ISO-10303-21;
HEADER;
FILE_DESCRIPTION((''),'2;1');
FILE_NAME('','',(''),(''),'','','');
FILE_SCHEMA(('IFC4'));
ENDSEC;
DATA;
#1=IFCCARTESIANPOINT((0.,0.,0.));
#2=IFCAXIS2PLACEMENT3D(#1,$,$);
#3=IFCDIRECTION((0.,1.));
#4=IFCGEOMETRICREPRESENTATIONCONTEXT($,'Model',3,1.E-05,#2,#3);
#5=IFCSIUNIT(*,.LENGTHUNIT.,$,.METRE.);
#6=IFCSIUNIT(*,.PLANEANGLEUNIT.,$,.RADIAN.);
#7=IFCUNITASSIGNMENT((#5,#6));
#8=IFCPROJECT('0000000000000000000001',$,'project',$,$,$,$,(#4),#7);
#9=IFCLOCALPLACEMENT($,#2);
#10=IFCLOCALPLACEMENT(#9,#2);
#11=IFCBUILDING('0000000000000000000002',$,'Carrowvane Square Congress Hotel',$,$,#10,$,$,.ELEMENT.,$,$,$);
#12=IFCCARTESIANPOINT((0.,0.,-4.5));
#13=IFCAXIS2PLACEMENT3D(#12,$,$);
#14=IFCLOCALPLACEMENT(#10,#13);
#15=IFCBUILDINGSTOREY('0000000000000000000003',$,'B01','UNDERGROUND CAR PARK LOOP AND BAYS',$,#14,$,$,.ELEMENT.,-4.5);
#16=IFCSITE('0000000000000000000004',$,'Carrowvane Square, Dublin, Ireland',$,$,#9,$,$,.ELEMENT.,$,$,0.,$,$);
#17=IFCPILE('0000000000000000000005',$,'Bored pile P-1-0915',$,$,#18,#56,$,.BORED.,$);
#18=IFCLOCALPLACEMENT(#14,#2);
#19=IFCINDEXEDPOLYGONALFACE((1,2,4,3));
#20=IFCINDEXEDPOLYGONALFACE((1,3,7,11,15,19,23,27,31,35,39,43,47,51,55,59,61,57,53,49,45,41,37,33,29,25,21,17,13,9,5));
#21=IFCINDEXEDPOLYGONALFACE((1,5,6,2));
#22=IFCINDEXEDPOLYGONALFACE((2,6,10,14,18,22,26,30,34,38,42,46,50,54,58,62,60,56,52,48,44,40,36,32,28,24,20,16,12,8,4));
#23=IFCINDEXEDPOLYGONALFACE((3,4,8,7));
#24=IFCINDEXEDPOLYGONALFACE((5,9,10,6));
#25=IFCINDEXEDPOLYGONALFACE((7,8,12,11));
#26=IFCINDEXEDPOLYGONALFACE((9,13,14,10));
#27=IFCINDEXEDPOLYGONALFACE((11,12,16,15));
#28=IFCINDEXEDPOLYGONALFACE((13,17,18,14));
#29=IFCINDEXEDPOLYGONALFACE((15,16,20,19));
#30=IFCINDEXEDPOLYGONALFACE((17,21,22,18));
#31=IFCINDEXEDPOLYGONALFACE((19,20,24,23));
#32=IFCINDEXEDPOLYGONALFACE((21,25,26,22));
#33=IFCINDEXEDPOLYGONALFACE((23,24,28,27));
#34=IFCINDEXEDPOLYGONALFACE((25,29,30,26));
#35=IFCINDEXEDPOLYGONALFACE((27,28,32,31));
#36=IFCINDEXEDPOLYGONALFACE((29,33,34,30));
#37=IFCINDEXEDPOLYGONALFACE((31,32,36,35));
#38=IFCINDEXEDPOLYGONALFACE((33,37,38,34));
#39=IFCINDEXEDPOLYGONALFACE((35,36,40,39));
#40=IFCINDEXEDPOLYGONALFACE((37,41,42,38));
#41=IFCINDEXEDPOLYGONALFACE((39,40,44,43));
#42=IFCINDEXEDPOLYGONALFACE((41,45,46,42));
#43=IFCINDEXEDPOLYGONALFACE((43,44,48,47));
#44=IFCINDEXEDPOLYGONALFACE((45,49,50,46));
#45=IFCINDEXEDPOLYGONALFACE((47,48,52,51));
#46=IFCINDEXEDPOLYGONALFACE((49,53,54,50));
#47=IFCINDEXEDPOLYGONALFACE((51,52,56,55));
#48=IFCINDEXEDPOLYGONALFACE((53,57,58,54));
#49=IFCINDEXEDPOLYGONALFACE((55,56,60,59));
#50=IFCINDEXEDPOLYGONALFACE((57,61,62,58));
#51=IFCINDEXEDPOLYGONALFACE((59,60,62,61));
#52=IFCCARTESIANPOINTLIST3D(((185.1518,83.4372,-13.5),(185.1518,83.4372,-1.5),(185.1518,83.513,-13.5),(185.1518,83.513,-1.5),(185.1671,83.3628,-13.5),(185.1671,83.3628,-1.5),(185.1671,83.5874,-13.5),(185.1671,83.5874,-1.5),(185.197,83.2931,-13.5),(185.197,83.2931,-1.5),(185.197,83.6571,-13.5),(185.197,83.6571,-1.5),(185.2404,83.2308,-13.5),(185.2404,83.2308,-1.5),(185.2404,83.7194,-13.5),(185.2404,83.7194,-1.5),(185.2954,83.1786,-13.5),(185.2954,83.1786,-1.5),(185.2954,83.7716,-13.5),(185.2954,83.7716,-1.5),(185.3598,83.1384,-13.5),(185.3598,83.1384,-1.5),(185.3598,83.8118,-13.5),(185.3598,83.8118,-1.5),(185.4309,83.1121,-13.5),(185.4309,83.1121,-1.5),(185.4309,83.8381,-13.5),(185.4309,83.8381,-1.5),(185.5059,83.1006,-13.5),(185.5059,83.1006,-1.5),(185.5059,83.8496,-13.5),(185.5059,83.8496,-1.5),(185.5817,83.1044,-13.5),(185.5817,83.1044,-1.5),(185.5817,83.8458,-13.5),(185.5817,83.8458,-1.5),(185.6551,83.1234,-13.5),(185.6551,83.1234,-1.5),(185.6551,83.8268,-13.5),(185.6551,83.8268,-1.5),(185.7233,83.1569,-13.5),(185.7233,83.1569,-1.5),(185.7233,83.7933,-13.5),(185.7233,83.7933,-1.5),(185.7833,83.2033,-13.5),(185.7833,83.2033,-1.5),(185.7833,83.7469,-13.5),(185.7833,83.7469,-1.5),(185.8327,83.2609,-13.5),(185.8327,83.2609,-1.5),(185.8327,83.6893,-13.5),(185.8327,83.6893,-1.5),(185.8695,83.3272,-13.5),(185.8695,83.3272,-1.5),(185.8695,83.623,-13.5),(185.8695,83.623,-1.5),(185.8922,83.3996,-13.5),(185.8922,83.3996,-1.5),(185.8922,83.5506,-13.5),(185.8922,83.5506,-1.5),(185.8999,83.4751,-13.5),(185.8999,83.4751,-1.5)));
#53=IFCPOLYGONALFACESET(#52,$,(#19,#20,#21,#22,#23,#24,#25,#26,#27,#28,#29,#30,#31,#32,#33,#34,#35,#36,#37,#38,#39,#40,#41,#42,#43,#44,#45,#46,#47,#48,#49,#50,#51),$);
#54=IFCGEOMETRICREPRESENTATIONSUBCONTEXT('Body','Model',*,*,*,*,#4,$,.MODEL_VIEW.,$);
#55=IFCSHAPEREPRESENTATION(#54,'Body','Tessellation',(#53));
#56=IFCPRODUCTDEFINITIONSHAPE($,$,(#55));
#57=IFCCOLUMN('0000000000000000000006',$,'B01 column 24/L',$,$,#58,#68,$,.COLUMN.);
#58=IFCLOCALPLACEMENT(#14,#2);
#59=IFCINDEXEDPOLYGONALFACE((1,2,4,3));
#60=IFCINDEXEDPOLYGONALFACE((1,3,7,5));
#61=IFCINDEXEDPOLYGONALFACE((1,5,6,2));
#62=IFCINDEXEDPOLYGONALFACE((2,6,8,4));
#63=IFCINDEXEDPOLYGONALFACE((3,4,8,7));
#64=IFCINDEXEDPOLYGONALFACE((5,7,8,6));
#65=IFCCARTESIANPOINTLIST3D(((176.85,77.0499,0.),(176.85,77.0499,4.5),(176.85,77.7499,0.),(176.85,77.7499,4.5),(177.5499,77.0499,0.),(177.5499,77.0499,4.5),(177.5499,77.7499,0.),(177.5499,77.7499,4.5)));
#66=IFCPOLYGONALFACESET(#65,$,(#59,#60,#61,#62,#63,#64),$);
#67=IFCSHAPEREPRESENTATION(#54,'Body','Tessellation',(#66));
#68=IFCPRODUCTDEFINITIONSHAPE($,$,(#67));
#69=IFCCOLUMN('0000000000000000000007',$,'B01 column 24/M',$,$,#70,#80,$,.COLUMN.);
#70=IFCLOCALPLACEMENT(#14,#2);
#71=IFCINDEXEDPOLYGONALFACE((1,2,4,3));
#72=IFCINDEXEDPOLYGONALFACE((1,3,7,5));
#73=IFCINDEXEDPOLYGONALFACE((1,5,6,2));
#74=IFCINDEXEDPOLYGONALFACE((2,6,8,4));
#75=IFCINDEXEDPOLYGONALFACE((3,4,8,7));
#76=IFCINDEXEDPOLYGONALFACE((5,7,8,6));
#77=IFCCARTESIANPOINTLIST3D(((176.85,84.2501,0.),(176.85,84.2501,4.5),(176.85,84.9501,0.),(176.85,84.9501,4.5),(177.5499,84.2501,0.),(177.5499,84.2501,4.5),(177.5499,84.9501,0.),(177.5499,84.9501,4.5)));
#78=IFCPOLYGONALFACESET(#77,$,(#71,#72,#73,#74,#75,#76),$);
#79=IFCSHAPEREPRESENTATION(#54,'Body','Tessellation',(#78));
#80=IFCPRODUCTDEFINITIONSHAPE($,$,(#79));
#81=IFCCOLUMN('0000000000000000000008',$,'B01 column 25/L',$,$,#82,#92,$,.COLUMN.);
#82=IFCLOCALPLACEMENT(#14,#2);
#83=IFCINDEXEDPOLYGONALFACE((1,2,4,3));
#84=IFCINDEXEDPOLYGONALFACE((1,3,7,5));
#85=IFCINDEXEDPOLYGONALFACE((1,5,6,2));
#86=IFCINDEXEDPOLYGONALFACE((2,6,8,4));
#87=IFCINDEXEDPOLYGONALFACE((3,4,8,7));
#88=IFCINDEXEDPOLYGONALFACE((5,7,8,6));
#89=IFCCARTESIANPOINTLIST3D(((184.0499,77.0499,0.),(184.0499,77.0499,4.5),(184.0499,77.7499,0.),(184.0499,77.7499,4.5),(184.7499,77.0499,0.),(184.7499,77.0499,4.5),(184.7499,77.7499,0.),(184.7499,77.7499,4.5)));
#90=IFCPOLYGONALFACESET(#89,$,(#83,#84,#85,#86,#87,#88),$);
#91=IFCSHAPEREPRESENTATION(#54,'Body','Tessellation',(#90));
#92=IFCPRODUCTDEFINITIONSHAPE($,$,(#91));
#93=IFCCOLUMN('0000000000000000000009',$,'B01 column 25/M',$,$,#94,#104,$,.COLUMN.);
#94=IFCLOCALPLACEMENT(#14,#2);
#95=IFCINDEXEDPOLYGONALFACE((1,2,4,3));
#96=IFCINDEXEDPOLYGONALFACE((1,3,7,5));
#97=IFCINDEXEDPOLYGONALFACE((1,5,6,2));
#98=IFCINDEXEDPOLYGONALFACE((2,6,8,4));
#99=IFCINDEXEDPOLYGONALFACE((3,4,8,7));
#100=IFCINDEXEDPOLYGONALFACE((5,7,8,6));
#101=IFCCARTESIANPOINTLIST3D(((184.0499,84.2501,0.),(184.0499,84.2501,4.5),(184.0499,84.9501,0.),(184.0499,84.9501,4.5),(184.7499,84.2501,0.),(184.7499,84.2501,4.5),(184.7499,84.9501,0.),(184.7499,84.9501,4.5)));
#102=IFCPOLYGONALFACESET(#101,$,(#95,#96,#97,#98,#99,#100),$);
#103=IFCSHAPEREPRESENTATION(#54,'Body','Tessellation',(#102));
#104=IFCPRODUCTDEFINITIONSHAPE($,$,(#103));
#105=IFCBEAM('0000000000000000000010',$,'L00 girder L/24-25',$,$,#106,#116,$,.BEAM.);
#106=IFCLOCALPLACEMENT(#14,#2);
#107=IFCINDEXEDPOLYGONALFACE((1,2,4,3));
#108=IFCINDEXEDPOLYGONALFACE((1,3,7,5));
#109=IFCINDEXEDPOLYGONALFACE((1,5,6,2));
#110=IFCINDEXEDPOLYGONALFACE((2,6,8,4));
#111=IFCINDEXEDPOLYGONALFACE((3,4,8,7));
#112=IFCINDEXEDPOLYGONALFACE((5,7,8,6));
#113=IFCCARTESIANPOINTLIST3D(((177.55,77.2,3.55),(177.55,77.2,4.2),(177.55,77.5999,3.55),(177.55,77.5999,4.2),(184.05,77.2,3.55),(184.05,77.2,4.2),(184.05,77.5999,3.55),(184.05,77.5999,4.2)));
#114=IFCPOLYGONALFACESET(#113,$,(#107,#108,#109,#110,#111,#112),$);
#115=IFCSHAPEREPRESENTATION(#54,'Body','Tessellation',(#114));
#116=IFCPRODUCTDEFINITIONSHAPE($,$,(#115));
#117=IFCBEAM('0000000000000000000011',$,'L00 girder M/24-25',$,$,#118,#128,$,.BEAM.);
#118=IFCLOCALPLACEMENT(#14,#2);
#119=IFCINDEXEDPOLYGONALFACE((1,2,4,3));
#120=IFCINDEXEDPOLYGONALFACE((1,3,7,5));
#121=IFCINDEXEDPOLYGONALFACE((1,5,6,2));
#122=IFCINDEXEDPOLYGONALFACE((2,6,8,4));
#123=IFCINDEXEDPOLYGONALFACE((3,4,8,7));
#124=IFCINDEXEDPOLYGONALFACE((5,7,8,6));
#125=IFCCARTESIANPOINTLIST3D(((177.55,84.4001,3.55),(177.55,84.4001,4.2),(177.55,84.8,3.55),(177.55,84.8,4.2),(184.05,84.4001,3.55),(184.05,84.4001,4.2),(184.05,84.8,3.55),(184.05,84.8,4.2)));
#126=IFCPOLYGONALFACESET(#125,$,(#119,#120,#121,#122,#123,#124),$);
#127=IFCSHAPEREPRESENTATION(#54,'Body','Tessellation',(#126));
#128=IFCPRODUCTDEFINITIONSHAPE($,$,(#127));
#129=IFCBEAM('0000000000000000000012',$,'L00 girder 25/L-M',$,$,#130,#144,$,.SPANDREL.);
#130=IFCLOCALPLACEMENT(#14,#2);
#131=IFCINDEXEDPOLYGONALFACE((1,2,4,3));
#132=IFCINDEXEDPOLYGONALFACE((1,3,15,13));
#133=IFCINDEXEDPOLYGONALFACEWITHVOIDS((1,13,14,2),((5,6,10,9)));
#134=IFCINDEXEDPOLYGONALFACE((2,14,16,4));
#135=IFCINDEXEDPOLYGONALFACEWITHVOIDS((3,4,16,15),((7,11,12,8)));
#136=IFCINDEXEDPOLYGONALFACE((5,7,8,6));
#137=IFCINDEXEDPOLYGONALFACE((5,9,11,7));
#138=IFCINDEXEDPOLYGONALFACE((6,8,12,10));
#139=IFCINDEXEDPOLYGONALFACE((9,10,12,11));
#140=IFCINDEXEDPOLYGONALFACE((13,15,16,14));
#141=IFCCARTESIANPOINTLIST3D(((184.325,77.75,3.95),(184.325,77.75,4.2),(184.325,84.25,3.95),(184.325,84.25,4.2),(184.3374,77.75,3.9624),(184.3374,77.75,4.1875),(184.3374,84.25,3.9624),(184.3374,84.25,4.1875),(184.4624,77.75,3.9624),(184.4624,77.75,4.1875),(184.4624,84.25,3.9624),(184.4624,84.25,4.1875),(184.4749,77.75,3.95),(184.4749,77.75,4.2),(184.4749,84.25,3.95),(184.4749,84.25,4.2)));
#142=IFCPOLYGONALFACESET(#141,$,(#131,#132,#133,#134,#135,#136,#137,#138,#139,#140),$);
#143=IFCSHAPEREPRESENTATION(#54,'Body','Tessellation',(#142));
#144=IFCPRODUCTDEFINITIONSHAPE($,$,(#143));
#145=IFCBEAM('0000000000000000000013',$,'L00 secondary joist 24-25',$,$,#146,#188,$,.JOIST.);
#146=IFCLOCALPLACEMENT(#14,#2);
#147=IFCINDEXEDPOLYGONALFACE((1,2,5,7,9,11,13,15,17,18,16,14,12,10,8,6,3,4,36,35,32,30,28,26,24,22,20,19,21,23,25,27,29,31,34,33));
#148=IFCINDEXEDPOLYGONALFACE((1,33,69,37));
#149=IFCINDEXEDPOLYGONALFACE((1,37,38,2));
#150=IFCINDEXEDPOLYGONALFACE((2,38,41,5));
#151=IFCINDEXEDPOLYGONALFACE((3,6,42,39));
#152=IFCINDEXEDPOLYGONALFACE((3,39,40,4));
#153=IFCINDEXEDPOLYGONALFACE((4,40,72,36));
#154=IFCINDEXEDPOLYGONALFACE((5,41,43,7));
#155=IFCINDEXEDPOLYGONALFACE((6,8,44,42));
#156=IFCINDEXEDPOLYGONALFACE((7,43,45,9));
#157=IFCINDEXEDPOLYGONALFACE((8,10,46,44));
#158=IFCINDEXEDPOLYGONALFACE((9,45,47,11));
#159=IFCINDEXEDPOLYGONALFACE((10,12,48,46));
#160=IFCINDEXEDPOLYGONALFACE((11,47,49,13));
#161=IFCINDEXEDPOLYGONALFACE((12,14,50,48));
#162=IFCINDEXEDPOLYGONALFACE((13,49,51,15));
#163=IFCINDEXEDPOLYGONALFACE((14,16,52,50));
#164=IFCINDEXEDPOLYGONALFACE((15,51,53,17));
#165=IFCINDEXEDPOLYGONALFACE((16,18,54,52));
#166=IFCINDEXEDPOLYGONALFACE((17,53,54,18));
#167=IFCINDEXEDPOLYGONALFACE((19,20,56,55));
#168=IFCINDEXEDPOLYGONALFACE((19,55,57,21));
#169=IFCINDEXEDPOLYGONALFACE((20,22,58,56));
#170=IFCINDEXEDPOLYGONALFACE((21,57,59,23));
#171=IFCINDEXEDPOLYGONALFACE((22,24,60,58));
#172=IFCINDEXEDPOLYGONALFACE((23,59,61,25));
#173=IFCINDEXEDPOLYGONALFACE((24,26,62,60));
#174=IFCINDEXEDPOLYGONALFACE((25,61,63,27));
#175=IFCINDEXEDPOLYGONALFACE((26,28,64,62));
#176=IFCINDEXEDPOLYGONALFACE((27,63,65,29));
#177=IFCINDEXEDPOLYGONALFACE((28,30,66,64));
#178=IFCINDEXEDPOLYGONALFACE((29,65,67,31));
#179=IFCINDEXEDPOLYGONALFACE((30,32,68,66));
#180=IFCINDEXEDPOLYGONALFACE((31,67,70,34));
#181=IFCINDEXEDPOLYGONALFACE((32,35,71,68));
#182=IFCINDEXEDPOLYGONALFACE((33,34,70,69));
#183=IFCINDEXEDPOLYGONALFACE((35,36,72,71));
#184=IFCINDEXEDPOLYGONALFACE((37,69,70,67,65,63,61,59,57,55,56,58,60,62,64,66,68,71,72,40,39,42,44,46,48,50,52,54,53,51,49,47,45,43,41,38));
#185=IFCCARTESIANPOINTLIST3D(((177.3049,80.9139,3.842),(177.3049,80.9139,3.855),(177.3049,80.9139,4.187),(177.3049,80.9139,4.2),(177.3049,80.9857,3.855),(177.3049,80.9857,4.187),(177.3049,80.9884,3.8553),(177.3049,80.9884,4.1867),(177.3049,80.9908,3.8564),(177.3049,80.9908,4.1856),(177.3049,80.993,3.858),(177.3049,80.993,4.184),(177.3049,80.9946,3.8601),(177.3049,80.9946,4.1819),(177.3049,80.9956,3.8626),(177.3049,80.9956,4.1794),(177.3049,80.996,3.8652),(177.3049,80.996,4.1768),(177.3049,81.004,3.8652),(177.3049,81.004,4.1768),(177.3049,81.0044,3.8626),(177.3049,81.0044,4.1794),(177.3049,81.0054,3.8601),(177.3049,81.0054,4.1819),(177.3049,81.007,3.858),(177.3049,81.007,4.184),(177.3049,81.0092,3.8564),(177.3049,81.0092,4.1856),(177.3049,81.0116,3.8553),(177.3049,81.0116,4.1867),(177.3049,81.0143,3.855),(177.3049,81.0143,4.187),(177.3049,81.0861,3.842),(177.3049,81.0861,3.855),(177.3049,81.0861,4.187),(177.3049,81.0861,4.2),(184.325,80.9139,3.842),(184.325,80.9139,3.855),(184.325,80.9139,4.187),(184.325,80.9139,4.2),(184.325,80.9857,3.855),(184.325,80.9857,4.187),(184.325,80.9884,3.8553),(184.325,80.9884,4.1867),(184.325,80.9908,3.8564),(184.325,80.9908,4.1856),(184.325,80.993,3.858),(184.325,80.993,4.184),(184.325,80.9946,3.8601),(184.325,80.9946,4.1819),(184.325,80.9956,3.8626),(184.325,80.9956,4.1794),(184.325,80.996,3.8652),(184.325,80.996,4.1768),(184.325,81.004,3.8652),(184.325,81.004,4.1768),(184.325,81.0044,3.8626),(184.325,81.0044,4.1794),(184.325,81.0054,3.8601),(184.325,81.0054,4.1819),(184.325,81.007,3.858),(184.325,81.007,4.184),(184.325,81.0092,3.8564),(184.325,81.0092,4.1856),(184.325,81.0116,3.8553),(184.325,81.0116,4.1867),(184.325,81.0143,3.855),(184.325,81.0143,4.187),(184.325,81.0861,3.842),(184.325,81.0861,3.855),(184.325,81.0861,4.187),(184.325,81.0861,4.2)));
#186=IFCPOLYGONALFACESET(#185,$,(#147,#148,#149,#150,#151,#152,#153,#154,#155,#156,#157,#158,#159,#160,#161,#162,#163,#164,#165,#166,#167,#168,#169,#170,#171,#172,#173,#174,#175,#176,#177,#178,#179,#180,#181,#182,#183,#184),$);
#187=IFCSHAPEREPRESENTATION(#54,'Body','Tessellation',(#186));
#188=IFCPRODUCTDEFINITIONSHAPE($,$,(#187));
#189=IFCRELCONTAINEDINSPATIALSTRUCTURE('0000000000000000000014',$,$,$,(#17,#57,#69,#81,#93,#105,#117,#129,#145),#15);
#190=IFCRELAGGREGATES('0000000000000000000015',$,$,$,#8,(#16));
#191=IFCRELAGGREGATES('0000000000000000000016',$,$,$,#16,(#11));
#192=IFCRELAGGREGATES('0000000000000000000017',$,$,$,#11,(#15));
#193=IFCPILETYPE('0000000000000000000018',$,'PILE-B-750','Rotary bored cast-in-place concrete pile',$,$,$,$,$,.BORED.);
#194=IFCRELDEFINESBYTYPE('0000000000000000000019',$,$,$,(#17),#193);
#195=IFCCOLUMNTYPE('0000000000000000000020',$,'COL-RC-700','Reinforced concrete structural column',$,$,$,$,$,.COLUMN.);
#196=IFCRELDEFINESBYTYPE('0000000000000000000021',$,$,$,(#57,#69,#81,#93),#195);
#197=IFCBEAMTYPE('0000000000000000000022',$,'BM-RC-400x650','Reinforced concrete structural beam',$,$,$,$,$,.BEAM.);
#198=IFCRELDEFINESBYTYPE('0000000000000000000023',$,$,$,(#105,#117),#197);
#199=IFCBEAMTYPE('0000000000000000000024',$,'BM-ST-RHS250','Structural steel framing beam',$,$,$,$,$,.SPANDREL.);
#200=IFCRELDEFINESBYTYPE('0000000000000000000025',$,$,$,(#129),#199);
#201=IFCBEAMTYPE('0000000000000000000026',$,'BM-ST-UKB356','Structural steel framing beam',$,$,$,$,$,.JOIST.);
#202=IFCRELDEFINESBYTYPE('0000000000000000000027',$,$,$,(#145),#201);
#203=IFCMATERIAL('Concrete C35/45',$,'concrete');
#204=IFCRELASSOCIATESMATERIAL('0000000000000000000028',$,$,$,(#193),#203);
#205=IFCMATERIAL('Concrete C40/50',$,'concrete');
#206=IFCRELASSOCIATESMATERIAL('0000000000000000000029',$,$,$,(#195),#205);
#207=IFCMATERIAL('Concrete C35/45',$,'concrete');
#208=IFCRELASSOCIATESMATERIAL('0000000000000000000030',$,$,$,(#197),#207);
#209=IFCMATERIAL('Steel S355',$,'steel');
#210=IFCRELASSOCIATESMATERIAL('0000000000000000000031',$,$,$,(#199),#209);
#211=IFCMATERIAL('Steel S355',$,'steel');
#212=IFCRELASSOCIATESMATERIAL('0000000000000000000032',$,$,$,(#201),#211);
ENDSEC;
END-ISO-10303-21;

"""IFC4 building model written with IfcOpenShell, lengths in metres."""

from ifc_helpers import new_model, si_unit, direction, frame, origin, origin_2d, place, context, subcontext, project, spatial, rectangle, hollow_rectangle, circle, i_section, extrude, material, material_profile, profile_set, type_object, element, save


model = new_model("IFC4")

# Units and contexts
model_context = context("Model", 3, precision=1e-05, world=origin(), true_north=direction((0.0, 1.0)))
body_context = subcontext(model_context, "Body", "Model", "MODEL_VIEW")
ifc_project = project(units=[si_unit("LENGTHUNIT", "METRE"), si_unit("PLANEANGLEUNIT", "RADIAN")], contexts=[model_context])

# Site, building, storey
site_placement = place(None, origin())
site = spatial("IfcSite", under=ifc_project, at=site_placement, Name="Carrowvane Square, Dublin, Ireland", CompositionType="ELEMENT", RefElevation=0.0)
building_placement = place(site_placement, origin())
building = spatial("IfcBuilding", under=site, at=building_placement, Name="Carrowvane Square Congress Hotel", CompositionType="ELEMENT")
storey_placement = place(building_placement, frame((0.0, 0.0, -4.5)))
storey = spatial("IfcBuildingStorey", under=building, at=storey_placement, Name="B01", Description="UNDERGROUND CAR PARK LOOP AND BAYS", CompositionType="ELEMENT", Elevation=-4.5)

# Pile
ifc_material_1 = material(Name="Concrete C35/45", Category="concrete")
ifc_material_profile_1 = material_profile(ifc_material_1, circle(Radius=0.375, at=origin_2d()), Name="PILE D750")
ifc_profile_set_1 = profile_set([ifc_material_profile_1], Name="Concrete C35/45")
pile_type = type_object("IfcPileType", Name="PILE-B-750", Description="Rotary bored cast-in-place concrete pile", PredefinedType="BORED", material=ifc_profile_set_1)
for number, where, z_axis, x_axis, name in (
    (1, (185.5249, 83.4751, -1.5), (0.0, 0.0, -1.0), (1.0, 0.0, 0.0), "Bored pile P-1-0915"),
):
    element("IfcPile", number, at=place(storey_placement, frame(where, z_axis=z_axis, x_axis=x_axis)), inside=storey, type_object=pile_type, Name=name, PredefinedType="BORED", context=body_context, shape_type="SweptSolid", body=[
        extrude(circle(Radius=0.375, at=origin_2d()), origin(), (0.0, 0.0, 1.0), 12.0),
    ])

# Columns
ifc_material_2 = material(Name="Concrete C40/50", Category="concrete")
ifc_material_profile_2 = material_profile(ifc_material_2, rectangle(XDim=0.7, YDim=0.7, at=origin_2d()), Name="RC 700x700")
ifc_profile_set_2 = profile_set([ifc_material_profile_2], Name="Concrete C40/50")
column_type = type_object("IfcColumnType", Name="COL-RC-700", Description="Reinforced concrete structural column", PredefinedType="COLUMN", material=ifc_profile_set_2)
for number, where, z_axis, x_axis, name in (
    (2, (177.2, 77.3999, 0.0), (0.0, 0.0, 1.0), (1.0, 0.0, 0.0), "B01 column 24/L"),
    (3, (177.2, 84.6001, 0.0), (0.0, 0.0, 1.0), (1.0, 0.0, 0.0), "B01 column 24/M"),
    (4, (184.3999, 77.3999, 0.0), (0.0, 0.0, 1.0), (1.0, 0.0, 0.0), "B01 column 25/L"),
    (5, (184.3999, 84.6001, 0.0), (0.0, 0.0, 1.0), (1.0, 0.0, 0.0), "B01 column 25/M"),
):
    element("IfcColumn", number, at=place(storey_placement, frame(where, z_axis=z_axis, x_axis=x_axis)), inside=storey, type_object=column_type, Name=name, PredefinedType="COLUMN", context=body_context, shape_type="SweptSolid", body=[
        extrude(rectangle(XDim=0.7, YDim=0.7, at=origin_2d()), origin(), (0.0, 0.0, 1.0), 4.5),
    ])

# Beams
ifc_material_3 = material(Name="Concrete C35/45", Category="concrete")
ifc_material_profile_3 = material_profile(ifc_material_3, rectangle(XDim=0.3999, YDim=0.6499, at=origin_2d()), Name="RC 400x650")
ifc_profile_set_3 = profile_set([ifc_material_profile_3], Name="Concrete C35/45")
beam_type_1 = type_object("IfcBeamType", Name="BM-RC-400x650", Description="Reinforced concrete structural beam", PredefinedType="BEAM", material=ifc_profile_set_3)
for number, where, z_axis, x_axis, name in (
    (6, (177.55, 77.3999, 3.875), (1.0, 0.0, 0.0), (0.0, 1.0, 0.0), "L00 girder L/24-25"),
    (7, (177.55, 84.6001, 3.875), (1.0, 0.0, 0.0), (0.0, 1.0, 0.0), "L00 girder M/24-25"),
):
    element("IfcBeam", number, at=place(storey_placement, frame(where, z_axis=z_axis, x_axis=x_axis)), inside=storey, type_object=beam_type_1, Name=name, PredefinedType="BEAM", context=body_context, shape_type="SweptSolid", body=[
        extrude(rectangle(XDim=0.3999, YDim=0.6499, at=origin_2d()), origin(), (0.0, 0.0, 1.0), 6.5),
    ])
ifc_material_4 = material(Name="Steel S355", Category="steel")
ifc_material_profile_4 = material_profile(ifc_material_4, hollow_rectangle(XDim=0.1499, YDim=0.25, WallThickness=0.0125, at=origin_2d()), Name="RHS 250x150x12.5")
ifc_profile_set_4 = profile_set([ifc_material_profile_4], Name="Steel S355")
beam_type_2 = type_object("IfcBeamType", Name="BM-ST-RHS250", Description="Structural steel framing beam", PredefinedType="SPANDREL", material=ifc_profile_set_4)
beam_1_placement = place(storey_placement, frame((184.3999, 77.75, 4.075), z_axis=(0.0, 1.0, 0.0), x_axis=(-1.0, 0.0, 0.0)))
element("IfcBeam", 8, at=beam_1_placement, inside=storey, type_object=beam_type_2, Name="L00 girder 25/L-M", PredefinedType="SPANDREL", context=body_context, shape_type="SweptSolid", body=[
    extrude(hollow_rectangle(XDim=0.1499, YDim=0.25, WallThickness=0.0125, at=origin_2d()), origin(), (0.0, 0.0, 1.0), 6.5),
])
ifc_material_5 = material(Name="Steel S355", Category="steel")
ifc_material_profile_5 = material_profile(ifc_material_5, i_section(OverallWidth=0.1721, OverallDepth=0.3579, WebThickness=0.0081, FlangeThickness=0.0129, FilletRadius=0.0103, at=origin_2d()), Name="UKB 356x171x57")
ifc_profile_set_5 = profile_set([ifc_material_profile_5], Name="Steel S355")
beam_type_3 = type_object("IfcBeamType", Name="BM-ST-UKB356", Description="Structural steel framing beam", PredefinedType="JOIST", material=ifc_profile_set_5)
beam_2_placement = place(storey_placement, frame((177.3049, 81.0, 4.021), z_axis=(1.0, 0.0, 0.0), x_axis=(0.0, 1.0, 0.0)))
element("IfcBeam", 9, at=beam_2_placement, inside=storey, type_object=beam_type_3, Name="L00 secondary joist 24-25", PredefinedType="JOIST", context=body_context, shape_type="SweptSolid", body=[
    extrude(i_section(OverallWidth=0.1721, OverallDepth=0.3579, WebThickness=0.0081, FlangeThickness=0.0129, FilletRadius=0.0103, at=origin_2d()), origin(), (0.0, 0.0, 1.0), 7.02),
])

save(model, "model.ifc")
